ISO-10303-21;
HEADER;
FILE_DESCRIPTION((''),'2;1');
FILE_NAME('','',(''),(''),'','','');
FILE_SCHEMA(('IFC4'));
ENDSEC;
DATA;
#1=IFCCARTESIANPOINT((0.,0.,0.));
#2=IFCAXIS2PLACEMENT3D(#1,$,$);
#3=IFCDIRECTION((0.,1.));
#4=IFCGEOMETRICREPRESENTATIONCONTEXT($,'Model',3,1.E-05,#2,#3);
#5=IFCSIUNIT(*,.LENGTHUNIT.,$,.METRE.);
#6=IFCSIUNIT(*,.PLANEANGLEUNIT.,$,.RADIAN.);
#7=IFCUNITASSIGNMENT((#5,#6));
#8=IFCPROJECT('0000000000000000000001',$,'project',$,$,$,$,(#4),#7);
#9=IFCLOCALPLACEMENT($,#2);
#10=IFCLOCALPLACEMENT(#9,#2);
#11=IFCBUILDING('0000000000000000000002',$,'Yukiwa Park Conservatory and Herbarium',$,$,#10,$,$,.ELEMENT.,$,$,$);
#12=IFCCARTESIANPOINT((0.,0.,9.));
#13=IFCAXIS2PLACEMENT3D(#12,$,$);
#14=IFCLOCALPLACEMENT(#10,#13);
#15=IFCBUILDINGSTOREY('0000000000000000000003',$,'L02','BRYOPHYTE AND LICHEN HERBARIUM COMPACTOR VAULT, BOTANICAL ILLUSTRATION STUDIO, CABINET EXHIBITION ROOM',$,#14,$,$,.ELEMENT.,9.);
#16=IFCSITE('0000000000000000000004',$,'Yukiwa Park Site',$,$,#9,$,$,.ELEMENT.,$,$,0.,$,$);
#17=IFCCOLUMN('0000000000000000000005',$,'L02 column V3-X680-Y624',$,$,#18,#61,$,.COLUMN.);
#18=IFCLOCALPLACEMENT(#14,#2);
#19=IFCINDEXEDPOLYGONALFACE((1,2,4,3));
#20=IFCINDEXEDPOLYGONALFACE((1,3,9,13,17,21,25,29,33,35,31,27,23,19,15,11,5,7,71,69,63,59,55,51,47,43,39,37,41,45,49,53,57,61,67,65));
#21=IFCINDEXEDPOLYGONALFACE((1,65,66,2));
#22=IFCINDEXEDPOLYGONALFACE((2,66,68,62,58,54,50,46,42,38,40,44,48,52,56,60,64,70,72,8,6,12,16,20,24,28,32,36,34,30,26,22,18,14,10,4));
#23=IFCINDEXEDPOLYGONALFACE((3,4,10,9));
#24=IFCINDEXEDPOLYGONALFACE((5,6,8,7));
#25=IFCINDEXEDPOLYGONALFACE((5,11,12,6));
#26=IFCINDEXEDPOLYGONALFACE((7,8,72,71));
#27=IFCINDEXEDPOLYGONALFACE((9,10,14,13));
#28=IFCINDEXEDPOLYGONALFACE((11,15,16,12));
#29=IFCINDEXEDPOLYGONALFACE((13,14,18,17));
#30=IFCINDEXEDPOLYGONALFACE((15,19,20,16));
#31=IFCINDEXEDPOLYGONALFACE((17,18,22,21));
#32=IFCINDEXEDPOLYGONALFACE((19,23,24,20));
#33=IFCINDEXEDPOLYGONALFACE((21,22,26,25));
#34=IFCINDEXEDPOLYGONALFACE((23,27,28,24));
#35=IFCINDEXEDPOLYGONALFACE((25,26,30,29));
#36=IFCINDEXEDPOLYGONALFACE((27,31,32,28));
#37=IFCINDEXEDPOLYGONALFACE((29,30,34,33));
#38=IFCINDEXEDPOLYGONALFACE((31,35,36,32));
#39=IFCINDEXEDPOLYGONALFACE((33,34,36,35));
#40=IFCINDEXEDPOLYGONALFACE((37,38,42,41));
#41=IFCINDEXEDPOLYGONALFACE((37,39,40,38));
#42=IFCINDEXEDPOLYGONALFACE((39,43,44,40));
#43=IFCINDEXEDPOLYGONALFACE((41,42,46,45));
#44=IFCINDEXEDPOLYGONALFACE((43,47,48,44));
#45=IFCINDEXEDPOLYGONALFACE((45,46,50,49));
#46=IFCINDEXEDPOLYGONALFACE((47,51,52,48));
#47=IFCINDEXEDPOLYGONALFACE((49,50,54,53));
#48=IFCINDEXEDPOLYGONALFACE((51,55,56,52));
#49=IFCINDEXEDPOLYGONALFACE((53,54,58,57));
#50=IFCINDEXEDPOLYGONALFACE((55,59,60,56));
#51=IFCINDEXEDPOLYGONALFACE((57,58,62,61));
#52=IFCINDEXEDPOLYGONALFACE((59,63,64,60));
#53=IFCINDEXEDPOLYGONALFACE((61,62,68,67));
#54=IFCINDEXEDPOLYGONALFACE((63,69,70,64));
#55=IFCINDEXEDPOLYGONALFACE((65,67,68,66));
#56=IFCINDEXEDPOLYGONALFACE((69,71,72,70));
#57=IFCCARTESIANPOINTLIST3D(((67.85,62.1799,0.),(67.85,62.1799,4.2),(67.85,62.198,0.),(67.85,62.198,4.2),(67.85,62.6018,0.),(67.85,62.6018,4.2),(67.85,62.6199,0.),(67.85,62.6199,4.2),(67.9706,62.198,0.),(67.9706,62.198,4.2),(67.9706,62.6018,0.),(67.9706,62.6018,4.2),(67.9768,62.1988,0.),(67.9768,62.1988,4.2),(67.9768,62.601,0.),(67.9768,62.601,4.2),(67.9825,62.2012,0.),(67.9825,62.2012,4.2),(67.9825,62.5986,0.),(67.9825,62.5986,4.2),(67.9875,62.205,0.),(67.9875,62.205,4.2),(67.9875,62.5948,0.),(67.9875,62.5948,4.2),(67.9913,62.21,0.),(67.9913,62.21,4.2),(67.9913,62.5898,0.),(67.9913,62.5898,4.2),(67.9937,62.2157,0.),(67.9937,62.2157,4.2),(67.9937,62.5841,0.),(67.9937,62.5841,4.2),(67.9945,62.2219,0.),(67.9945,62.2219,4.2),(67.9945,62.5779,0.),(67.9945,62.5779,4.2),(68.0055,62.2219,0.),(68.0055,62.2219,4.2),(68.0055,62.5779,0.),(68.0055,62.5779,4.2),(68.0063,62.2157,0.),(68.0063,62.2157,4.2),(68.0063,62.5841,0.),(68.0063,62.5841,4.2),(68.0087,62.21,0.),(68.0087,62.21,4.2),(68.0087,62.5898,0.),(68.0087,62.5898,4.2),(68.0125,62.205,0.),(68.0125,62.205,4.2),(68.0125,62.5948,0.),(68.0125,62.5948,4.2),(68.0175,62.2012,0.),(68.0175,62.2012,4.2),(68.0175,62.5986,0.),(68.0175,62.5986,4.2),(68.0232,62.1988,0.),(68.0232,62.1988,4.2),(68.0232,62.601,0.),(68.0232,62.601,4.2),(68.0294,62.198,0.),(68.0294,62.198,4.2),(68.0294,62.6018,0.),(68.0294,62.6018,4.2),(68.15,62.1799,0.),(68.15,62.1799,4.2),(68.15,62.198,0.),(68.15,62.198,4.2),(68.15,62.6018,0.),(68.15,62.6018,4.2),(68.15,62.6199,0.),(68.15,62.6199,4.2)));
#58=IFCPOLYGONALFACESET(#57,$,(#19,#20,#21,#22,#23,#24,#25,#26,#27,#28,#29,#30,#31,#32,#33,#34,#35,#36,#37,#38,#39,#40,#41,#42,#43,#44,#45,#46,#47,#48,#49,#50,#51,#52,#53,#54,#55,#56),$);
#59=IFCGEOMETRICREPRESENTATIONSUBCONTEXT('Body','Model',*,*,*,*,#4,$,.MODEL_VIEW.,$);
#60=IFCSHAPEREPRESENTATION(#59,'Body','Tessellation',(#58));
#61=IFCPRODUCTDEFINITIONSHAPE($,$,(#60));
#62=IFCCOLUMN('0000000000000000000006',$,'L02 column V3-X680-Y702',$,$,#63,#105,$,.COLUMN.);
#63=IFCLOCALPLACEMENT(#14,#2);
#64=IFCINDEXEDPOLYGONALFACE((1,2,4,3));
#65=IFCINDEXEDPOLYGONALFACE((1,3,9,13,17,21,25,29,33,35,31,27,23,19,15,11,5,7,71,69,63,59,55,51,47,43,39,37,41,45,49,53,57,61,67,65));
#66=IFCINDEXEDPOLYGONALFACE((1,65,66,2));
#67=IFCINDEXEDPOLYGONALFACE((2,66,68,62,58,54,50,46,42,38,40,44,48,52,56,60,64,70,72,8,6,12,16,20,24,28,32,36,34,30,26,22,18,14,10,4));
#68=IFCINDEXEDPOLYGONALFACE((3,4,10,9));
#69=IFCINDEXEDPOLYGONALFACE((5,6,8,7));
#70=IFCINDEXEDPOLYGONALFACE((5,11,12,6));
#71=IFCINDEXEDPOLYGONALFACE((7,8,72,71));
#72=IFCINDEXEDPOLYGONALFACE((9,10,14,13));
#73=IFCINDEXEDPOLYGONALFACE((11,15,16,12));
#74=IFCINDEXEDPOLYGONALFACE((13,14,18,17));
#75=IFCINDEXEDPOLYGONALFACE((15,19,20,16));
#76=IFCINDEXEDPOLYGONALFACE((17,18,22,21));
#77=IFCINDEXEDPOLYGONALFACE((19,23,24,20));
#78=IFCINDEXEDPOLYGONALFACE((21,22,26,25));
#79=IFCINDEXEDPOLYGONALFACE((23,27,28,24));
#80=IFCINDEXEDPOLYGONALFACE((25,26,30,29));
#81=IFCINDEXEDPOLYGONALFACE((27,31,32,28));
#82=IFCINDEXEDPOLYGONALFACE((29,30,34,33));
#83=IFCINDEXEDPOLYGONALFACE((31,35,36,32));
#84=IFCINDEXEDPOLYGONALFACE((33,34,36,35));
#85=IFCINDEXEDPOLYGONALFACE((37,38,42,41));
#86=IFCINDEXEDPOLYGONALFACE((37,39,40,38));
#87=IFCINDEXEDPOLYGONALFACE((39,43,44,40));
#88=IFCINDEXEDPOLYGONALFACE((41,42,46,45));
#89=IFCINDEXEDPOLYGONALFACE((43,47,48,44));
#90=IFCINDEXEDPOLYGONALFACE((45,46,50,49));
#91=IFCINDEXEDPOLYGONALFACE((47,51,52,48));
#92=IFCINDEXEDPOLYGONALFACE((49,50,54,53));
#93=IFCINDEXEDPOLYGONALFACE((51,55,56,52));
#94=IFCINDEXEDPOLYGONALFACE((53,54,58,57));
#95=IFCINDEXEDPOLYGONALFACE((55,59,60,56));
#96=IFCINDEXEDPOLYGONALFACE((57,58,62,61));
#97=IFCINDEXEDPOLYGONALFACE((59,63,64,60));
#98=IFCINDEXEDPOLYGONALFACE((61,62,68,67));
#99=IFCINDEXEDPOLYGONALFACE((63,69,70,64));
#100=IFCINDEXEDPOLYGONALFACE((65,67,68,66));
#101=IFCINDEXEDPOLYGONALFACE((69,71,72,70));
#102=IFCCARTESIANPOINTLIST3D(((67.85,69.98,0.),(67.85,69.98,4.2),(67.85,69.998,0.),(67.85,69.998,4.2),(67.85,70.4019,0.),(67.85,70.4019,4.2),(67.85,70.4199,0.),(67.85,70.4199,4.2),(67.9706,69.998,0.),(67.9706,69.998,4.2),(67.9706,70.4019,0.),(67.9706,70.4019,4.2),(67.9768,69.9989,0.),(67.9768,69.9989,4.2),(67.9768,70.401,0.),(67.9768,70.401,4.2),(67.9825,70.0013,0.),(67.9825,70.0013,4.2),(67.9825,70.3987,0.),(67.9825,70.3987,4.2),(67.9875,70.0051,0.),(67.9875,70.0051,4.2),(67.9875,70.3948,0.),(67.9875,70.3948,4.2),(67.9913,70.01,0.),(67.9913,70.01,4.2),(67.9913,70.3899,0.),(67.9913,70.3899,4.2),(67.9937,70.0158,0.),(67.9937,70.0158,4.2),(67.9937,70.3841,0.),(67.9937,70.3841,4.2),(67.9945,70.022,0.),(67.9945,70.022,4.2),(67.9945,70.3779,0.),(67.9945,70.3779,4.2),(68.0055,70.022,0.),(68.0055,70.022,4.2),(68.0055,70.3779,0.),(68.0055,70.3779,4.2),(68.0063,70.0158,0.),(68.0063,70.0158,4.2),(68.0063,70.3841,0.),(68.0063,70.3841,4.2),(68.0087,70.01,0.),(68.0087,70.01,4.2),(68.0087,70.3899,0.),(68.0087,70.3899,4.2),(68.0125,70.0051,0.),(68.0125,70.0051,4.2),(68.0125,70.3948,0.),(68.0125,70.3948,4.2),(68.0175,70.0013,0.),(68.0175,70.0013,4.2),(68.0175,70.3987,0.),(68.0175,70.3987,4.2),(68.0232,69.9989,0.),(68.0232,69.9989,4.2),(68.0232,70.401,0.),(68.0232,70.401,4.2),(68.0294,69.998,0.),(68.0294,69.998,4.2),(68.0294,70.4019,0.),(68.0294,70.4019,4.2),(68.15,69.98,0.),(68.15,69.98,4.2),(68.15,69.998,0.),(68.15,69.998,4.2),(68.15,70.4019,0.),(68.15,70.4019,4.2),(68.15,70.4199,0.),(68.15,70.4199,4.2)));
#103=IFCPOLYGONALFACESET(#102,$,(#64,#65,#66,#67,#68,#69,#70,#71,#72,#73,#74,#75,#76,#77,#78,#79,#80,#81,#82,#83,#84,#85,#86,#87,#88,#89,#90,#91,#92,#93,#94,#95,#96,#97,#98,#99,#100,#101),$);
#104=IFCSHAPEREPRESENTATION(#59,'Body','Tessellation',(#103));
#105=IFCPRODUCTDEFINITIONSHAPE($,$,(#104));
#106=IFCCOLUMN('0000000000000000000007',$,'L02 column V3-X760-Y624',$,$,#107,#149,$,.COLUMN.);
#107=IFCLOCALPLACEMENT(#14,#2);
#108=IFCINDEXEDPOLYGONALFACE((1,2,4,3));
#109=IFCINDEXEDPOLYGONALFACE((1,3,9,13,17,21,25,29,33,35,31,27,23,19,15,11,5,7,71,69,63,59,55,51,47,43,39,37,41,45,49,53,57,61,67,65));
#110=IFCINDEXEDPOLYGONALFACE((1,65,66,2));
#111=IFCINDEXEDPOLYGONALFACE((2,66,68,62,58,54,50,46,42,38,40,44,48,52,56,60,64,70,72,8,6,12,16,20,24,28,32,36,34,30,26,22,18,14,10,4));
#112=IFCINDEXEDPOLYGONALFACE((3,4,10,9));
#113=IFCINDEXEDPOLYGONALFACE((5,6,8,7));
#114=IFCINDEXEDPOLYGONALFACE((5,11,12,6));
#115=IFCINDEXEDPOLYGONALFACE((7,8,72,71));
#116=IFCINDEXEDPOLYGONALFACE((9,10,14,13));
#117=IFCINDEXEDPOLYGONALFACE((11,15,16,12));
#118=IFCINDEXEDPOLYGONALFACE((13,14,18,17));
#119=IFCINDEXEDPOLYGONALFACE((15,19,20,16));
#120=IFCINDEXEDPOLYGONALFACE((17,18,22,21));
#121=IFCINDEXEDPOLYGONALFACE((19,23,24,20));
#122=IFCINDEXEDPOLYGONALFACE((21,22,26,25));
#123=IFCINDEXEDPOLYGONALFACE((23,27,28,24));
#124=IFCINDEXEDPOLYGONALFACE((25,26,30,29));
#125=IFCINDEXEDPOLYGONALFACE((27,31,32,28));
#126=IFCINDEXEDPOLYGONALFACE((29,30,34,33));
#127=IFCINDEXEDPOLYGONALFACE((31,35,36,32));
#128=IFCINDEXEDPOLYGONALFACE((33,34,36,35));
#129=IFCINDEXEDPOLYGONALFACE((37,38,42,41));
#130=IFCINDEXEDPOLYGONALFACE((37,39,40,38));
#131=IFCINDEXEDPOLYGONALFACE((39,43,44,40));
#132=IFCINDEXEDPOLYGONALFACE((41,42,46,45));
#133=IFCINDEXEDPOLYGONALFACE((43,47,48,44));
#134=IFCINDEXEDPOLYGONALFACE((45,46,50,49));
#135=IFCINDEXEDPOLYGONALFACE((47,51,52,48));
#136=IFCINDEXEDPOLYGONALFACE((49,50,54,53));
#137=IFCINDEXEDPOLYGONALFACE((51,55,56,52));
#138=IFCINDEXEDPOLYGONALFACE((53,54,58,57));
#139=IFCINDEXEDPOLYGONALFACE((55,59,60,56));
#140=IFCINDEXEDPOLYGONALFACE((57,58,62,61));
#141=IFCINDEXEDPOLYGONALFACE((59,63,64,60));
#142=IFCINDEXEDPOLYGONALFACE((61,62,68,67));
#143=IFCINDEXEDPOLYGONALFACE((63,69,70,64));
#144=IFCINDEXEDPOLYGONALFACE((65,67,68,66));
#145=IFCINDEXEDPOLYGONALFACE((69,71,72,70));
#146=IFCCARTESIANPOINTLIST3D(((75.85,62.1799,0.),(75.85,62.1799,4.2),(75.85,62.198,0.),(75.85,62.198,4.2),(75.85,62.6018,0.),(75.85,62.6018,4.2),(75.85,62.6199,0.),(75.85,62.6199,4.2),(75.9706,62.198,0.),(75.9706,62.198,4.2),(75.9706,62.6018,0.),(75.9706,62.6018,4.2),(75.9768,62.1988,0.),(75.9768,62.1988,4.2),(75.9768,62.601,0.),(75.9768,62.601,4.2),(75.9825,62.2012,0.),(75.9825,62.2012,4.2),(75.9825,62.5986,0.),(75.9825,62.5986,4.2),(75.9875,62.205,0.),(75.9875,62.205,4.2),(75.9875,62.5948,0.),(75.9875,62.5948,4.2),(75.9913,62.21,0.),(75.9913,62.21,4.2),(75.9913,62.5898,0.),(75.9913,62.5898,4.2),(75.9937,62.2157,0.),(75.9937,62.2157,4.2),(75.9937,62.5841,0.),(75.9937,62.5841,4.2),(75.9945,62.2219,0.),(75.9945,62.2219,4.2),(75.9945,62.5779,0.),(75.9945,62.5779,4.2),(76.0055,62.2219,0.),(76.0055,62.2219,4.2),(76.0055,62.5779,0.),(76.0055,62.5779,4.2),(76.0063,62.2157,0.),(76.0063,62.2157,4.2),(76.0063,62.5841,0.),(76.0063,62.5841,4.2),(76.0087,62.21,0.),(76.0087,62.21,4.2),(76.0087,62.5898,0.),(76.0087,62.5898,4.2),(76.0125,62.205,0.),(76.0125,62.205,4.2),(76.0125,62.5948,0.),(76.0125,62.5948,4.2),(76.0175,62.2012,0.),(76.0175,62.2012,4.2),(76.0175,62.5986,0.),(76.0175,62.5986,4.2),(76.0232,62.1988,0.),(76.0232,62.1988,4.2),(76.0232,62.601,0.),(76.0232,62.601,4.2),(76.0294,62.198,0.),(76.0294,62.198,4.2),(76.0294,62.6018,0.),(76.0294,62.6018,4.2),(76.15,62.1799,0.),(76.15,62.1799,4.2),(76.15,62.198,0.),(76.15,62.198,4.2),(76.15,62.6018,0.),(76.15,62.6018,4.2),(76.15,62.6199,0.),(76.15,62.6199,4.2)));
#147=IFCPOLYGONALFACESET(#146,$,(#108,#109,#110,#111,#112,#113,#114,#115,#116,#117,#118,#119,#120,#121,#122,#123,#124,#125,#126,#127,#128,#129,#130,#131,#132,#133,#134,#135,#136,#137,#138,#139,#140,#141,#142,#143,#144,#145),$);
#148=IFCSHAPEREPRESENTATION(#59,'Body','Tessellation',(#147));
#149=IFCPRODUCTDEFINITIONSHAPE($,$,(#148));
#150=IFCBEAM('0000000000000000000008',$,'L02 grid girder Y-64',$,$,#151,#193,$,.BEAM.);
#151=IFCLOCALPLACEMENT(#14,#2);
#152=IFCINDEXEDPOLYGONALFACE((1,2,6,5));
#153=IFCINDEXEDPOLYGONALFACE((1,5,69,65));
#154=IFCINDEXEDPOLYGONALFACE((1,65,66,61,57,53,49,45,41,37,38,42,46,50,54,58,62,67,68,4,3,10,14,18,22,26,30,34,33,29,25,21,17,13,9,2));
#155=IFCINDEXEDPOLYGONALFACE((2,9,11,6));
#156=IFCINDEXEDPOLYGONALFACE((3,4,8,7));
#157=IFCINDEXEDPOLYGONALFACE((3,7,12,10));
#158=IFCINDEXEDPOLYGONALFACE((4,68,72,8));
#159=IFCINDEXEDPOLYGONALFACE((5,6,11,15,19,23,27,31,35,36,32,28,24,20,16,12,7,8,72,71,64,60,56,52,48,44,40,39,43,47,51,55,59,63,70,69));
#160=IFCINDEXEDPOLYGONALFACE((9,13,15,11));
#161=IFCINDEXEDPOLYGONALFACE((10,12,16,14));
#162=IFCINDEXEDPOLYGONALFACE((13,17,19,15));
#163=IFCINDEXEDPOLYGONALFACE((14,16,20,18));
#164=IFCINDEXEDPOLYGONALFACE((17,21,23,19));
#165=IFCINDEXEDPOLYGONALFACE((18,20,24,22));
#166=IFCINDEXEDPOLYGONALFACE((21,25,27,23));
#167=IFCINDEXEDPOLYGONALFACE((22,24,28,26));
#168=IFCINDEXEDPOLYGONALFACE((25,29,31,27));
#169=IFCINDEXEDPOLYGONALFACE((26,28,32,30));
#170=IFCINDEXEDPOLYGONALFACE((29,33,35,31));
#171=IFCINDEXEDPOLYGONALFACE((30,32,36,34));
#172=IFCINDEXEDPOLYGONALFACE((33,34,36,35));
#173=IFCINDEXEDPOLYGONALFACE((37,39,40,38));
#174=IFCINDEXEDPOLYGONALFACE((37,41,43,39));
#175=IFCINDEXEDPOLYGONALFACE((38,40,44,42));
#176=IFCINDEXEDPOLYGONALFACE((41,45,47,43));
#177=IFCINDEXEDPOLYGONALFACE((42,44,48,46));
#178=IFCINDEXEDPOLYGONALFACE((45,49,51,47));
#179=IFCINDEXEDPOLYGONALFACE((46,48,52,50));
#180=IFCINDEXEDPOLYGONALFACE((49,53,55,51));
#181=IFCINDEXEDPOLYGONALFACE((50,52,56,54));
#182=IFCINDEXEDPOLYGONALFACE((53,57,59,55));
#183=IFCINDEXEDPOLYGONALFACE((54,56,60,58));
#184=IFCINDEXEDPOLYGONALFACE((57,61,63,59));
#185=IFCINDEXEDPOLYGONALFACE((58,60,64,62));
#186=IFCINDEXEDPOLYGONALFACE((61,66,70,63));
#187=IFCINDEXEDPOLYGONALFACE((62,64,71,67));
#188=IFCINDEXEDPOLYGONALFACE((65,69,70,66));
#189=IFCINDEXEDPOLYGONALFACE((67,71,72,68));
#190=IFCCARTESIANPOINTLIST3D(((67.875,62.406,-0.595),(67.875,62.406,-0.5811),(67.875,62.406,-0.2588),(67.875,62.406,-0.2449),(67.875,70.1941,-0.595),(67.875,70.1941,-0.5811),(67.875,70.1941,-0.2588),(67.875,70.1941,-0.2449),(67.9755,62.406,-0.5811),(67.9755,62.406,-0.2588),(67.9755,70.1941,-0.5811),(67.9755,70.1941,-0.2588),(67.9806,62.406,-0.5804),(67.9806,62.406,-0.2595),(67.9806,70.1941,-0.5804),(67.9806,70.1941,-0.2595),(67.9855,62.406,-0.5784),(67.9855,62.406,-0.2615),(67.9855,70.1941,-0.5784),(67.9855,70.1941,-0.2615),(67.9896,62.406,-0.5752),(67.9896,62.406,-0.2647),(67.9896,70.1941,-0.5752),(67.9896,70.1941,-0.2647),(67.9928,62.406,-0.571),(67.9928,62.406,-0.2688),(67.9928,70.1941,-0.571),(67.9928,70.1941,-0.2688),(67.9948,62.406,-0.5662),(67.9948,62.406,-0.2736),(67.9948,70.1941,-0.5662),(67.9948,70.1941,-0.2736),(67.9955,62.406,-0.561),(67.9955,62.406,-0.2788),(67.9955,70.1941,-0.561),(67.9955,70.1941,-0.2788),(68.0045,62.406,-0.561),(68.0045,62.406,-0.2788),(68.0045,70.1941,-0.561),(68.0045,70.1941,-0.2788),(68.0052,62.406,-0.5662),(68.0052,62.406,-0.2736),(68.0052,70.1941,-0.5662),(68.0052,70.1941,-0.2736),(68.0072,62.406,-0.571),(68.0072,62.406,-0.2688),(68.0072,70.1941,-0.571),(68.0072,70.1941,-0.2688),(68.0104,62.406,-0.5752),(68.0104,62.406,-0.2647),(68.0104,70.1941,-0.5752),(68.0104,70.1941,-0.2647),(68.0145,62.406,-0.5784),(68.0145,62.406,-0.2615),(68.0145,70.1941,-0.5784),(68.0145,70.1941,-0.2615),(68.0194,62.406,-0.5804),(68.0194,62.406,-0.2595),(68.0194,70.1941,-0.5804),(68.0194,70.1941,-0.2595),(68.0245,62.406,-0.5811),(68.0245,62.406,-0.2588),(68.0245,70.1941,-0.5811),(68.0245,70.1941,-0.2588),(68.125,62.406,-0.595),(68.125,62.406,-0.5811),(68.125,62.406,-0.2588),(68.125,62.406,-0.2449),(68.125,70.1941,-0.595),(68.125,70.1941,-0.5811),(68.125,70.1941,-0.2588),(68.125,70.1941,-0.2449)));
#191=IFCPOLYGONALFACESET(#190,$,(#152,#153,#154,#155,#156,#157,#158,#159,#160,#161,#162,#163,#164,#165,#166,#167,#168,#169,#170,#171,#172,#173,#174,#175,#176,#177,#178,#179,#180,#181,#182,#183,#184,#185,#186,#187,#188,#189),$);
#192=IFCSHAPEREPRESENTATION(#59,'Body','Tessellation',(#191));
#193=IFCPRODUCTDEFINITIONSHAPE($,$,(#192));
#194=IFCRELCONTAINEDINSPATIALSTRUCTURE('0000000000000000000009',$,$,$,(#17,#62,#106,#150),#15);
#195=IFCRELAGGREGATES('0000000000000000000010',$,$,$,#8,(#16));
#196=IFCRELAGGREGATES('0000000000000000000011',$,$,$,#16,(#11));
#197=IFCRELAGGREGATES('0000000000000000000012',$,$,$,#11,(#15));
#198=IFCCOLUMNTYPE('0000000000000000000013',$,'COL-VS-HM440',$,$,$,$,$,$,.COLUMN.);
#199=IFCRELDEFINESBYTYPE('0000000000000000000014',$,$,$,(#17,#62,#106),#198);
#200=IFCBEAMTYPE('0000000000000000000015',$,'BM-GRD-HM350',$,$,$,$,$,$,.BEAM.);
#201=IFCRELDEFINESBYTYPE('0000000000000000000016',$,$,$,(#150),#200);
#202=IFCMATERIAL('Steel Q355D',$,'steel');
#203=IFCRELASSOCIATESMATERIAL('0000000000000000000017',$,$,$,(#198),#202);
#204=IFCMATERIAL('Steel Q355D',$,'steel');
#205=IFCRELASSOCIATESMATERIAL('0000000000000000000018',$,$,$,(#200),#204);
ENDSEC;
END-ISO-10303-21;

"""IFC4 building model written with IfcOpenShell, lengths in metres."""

from ifc_helpers import new_model, si_unit, direction, frame, origin, origin_2d, place, context, subcontext, project, spatial, i_section, extrude, material, material_profile, profile_set, type_object, element, save


model = new_model("IFC4")

# Units and contexts
model_context = context("Model", 3, precision=1e-05, world=origin(), true_north=direction((0.0, 1.0)))
body_context = subcontext(model_context, "Body", "Model", "MODEL_VIEW")
ifc_project = project(units=[si_unit("LENGTHUNIT", "METRE"), si_unit("PLANEANGLEUNIT", "RADIAN")], contexts=[model_context])

# Site, building, storey
site_placement = place(None, origin())
site = spatial("IfcSite", under=ifc_project, at=site_placement, Name="Yukiwa Park Site", CompositionType="ELEMENT", RefElevation=0.0)
building_placement = place(site_placement, origin())
building = spatial("IfcBuilding", under=site, at=building_placement, Name="Yukiwa Park Conservatory and Herbarium", CompositionType="ELEMENT")
storey_placement = place(building_placement, frame((0.0, 0.0, 9.0)))
storey = spatial("IfcBuildingStorey", under=building, at=storey_placement, Name="L02", Description="BRYOPHYTE AND LICHEN HERBARIUM COMPACTOR VAULT, BOTANICAL ILLUSTRATION STUDIO, CABINET EXHIBITION ROOM", CompositionType="ELEMENT", Elevation=9.0)

# Columns
ifc_material_1 = material(Name="Steel Q355D", Category="steel")
ifc_material_profile_1 = material_profile(ifc_material_1, i_section(OverallWidth=0.3, OverallDepth=0.4399, WebThickness=0.011, FlangeThickness=0.0181, FilletRadius=0.0239, at=origin_2d()), Name="HM 440x300x11x18")
ifc_profile_set_1 = profile_set([ifc_material_profile_1], Name="Steel Q355D")
column_type = type_object("IfcColumnType", Name="COL-VS-HM440", PredefinedType="COLUMN", material=ifc_profile_set_1)
for number, where, z_axis, x_axis, name in (
    (1, (68.0, 62.3999, 0.0), (0.0, 0.0, 1.0), (1.0, 0.0, 0.0), "L02 column V3-X680-Y624"),
    (2, (68.0, 70.2, 0.0), (0.0, 0.0, 1.0), (1.0, 0.0, 0.0), "L02 column V3-X680-Y702"),
    (3, (76.0, 62.3999, 0.0), (0.0, 0.0, 1.0), (1.0, 0.0, 0.0), "L02 column V3-X760-Y624"),
):
    element("IfcColumn", number, at=place(storey_placement, frame(where, z_axis=z_axis, x_axis=x_axis)), inside=storey, type_object=column_type, Name=name, PredefinedType="COLUMN", context=body_context, shape_type="SweptSolid", body=[
        extrude(i_section(OverallWidth=0.3, OverallDepth=0.4399, WebThickness=0.011, FlangeThickness=0.0181, FilletRadius=0.0239, at=origin_2d()), origin(), (0.0, 0.0, 1.0), 4.2),
    ])

# Beam
ifc_material_2 = material(Name="Steel Q355D", Category="steel")
ifc_material_profile_2 = material_profile(ifc_material_2, i_section(OverallWidth=0.25, OverallDepth=0.3501, WebThickness=0.009, FlangeThickness=0.0139, FilletRadius=0.02, at=origin_2d()), Name="HM 350x250x9x14")
ifc_profile_set_2 = profile_set([ifc_material_profile_2], Name="Steel Q355D")
beam_type_1 = type_object("IfcBeamType", Name="BM-GRD-HM350", PredefinedType="BEAM", material=ifc_profile_set_2)
for number, where, z_axis, x_axis, name in (
    (4, (68.0, 62.406, -0.4199), (0.0, 1.0, 0.0), (-1.0, 0.0, 0.0), "L02 grid girder Y-64"),
):
    element("IfcBeam", number, at=place(storey_placement, frame(where, z_axis=z_axis, x_axis=x_axis)), inside=storey, type_object=beam_type_1, Name=name, PredefinedType="BEAM", context=body_context, shape_type="SweptSolid", body=[
        extrude(i_section(OverallWidth=0.25, OverallDepth=0.3501, WebThickness=0.009, FlangeThickness=0.0139, FilletRadius=0.02, at=origin_2d()), origin(), (0.0, 0.0, 1.0), 7.7881),
    ])

save(model, "model.ifc")
